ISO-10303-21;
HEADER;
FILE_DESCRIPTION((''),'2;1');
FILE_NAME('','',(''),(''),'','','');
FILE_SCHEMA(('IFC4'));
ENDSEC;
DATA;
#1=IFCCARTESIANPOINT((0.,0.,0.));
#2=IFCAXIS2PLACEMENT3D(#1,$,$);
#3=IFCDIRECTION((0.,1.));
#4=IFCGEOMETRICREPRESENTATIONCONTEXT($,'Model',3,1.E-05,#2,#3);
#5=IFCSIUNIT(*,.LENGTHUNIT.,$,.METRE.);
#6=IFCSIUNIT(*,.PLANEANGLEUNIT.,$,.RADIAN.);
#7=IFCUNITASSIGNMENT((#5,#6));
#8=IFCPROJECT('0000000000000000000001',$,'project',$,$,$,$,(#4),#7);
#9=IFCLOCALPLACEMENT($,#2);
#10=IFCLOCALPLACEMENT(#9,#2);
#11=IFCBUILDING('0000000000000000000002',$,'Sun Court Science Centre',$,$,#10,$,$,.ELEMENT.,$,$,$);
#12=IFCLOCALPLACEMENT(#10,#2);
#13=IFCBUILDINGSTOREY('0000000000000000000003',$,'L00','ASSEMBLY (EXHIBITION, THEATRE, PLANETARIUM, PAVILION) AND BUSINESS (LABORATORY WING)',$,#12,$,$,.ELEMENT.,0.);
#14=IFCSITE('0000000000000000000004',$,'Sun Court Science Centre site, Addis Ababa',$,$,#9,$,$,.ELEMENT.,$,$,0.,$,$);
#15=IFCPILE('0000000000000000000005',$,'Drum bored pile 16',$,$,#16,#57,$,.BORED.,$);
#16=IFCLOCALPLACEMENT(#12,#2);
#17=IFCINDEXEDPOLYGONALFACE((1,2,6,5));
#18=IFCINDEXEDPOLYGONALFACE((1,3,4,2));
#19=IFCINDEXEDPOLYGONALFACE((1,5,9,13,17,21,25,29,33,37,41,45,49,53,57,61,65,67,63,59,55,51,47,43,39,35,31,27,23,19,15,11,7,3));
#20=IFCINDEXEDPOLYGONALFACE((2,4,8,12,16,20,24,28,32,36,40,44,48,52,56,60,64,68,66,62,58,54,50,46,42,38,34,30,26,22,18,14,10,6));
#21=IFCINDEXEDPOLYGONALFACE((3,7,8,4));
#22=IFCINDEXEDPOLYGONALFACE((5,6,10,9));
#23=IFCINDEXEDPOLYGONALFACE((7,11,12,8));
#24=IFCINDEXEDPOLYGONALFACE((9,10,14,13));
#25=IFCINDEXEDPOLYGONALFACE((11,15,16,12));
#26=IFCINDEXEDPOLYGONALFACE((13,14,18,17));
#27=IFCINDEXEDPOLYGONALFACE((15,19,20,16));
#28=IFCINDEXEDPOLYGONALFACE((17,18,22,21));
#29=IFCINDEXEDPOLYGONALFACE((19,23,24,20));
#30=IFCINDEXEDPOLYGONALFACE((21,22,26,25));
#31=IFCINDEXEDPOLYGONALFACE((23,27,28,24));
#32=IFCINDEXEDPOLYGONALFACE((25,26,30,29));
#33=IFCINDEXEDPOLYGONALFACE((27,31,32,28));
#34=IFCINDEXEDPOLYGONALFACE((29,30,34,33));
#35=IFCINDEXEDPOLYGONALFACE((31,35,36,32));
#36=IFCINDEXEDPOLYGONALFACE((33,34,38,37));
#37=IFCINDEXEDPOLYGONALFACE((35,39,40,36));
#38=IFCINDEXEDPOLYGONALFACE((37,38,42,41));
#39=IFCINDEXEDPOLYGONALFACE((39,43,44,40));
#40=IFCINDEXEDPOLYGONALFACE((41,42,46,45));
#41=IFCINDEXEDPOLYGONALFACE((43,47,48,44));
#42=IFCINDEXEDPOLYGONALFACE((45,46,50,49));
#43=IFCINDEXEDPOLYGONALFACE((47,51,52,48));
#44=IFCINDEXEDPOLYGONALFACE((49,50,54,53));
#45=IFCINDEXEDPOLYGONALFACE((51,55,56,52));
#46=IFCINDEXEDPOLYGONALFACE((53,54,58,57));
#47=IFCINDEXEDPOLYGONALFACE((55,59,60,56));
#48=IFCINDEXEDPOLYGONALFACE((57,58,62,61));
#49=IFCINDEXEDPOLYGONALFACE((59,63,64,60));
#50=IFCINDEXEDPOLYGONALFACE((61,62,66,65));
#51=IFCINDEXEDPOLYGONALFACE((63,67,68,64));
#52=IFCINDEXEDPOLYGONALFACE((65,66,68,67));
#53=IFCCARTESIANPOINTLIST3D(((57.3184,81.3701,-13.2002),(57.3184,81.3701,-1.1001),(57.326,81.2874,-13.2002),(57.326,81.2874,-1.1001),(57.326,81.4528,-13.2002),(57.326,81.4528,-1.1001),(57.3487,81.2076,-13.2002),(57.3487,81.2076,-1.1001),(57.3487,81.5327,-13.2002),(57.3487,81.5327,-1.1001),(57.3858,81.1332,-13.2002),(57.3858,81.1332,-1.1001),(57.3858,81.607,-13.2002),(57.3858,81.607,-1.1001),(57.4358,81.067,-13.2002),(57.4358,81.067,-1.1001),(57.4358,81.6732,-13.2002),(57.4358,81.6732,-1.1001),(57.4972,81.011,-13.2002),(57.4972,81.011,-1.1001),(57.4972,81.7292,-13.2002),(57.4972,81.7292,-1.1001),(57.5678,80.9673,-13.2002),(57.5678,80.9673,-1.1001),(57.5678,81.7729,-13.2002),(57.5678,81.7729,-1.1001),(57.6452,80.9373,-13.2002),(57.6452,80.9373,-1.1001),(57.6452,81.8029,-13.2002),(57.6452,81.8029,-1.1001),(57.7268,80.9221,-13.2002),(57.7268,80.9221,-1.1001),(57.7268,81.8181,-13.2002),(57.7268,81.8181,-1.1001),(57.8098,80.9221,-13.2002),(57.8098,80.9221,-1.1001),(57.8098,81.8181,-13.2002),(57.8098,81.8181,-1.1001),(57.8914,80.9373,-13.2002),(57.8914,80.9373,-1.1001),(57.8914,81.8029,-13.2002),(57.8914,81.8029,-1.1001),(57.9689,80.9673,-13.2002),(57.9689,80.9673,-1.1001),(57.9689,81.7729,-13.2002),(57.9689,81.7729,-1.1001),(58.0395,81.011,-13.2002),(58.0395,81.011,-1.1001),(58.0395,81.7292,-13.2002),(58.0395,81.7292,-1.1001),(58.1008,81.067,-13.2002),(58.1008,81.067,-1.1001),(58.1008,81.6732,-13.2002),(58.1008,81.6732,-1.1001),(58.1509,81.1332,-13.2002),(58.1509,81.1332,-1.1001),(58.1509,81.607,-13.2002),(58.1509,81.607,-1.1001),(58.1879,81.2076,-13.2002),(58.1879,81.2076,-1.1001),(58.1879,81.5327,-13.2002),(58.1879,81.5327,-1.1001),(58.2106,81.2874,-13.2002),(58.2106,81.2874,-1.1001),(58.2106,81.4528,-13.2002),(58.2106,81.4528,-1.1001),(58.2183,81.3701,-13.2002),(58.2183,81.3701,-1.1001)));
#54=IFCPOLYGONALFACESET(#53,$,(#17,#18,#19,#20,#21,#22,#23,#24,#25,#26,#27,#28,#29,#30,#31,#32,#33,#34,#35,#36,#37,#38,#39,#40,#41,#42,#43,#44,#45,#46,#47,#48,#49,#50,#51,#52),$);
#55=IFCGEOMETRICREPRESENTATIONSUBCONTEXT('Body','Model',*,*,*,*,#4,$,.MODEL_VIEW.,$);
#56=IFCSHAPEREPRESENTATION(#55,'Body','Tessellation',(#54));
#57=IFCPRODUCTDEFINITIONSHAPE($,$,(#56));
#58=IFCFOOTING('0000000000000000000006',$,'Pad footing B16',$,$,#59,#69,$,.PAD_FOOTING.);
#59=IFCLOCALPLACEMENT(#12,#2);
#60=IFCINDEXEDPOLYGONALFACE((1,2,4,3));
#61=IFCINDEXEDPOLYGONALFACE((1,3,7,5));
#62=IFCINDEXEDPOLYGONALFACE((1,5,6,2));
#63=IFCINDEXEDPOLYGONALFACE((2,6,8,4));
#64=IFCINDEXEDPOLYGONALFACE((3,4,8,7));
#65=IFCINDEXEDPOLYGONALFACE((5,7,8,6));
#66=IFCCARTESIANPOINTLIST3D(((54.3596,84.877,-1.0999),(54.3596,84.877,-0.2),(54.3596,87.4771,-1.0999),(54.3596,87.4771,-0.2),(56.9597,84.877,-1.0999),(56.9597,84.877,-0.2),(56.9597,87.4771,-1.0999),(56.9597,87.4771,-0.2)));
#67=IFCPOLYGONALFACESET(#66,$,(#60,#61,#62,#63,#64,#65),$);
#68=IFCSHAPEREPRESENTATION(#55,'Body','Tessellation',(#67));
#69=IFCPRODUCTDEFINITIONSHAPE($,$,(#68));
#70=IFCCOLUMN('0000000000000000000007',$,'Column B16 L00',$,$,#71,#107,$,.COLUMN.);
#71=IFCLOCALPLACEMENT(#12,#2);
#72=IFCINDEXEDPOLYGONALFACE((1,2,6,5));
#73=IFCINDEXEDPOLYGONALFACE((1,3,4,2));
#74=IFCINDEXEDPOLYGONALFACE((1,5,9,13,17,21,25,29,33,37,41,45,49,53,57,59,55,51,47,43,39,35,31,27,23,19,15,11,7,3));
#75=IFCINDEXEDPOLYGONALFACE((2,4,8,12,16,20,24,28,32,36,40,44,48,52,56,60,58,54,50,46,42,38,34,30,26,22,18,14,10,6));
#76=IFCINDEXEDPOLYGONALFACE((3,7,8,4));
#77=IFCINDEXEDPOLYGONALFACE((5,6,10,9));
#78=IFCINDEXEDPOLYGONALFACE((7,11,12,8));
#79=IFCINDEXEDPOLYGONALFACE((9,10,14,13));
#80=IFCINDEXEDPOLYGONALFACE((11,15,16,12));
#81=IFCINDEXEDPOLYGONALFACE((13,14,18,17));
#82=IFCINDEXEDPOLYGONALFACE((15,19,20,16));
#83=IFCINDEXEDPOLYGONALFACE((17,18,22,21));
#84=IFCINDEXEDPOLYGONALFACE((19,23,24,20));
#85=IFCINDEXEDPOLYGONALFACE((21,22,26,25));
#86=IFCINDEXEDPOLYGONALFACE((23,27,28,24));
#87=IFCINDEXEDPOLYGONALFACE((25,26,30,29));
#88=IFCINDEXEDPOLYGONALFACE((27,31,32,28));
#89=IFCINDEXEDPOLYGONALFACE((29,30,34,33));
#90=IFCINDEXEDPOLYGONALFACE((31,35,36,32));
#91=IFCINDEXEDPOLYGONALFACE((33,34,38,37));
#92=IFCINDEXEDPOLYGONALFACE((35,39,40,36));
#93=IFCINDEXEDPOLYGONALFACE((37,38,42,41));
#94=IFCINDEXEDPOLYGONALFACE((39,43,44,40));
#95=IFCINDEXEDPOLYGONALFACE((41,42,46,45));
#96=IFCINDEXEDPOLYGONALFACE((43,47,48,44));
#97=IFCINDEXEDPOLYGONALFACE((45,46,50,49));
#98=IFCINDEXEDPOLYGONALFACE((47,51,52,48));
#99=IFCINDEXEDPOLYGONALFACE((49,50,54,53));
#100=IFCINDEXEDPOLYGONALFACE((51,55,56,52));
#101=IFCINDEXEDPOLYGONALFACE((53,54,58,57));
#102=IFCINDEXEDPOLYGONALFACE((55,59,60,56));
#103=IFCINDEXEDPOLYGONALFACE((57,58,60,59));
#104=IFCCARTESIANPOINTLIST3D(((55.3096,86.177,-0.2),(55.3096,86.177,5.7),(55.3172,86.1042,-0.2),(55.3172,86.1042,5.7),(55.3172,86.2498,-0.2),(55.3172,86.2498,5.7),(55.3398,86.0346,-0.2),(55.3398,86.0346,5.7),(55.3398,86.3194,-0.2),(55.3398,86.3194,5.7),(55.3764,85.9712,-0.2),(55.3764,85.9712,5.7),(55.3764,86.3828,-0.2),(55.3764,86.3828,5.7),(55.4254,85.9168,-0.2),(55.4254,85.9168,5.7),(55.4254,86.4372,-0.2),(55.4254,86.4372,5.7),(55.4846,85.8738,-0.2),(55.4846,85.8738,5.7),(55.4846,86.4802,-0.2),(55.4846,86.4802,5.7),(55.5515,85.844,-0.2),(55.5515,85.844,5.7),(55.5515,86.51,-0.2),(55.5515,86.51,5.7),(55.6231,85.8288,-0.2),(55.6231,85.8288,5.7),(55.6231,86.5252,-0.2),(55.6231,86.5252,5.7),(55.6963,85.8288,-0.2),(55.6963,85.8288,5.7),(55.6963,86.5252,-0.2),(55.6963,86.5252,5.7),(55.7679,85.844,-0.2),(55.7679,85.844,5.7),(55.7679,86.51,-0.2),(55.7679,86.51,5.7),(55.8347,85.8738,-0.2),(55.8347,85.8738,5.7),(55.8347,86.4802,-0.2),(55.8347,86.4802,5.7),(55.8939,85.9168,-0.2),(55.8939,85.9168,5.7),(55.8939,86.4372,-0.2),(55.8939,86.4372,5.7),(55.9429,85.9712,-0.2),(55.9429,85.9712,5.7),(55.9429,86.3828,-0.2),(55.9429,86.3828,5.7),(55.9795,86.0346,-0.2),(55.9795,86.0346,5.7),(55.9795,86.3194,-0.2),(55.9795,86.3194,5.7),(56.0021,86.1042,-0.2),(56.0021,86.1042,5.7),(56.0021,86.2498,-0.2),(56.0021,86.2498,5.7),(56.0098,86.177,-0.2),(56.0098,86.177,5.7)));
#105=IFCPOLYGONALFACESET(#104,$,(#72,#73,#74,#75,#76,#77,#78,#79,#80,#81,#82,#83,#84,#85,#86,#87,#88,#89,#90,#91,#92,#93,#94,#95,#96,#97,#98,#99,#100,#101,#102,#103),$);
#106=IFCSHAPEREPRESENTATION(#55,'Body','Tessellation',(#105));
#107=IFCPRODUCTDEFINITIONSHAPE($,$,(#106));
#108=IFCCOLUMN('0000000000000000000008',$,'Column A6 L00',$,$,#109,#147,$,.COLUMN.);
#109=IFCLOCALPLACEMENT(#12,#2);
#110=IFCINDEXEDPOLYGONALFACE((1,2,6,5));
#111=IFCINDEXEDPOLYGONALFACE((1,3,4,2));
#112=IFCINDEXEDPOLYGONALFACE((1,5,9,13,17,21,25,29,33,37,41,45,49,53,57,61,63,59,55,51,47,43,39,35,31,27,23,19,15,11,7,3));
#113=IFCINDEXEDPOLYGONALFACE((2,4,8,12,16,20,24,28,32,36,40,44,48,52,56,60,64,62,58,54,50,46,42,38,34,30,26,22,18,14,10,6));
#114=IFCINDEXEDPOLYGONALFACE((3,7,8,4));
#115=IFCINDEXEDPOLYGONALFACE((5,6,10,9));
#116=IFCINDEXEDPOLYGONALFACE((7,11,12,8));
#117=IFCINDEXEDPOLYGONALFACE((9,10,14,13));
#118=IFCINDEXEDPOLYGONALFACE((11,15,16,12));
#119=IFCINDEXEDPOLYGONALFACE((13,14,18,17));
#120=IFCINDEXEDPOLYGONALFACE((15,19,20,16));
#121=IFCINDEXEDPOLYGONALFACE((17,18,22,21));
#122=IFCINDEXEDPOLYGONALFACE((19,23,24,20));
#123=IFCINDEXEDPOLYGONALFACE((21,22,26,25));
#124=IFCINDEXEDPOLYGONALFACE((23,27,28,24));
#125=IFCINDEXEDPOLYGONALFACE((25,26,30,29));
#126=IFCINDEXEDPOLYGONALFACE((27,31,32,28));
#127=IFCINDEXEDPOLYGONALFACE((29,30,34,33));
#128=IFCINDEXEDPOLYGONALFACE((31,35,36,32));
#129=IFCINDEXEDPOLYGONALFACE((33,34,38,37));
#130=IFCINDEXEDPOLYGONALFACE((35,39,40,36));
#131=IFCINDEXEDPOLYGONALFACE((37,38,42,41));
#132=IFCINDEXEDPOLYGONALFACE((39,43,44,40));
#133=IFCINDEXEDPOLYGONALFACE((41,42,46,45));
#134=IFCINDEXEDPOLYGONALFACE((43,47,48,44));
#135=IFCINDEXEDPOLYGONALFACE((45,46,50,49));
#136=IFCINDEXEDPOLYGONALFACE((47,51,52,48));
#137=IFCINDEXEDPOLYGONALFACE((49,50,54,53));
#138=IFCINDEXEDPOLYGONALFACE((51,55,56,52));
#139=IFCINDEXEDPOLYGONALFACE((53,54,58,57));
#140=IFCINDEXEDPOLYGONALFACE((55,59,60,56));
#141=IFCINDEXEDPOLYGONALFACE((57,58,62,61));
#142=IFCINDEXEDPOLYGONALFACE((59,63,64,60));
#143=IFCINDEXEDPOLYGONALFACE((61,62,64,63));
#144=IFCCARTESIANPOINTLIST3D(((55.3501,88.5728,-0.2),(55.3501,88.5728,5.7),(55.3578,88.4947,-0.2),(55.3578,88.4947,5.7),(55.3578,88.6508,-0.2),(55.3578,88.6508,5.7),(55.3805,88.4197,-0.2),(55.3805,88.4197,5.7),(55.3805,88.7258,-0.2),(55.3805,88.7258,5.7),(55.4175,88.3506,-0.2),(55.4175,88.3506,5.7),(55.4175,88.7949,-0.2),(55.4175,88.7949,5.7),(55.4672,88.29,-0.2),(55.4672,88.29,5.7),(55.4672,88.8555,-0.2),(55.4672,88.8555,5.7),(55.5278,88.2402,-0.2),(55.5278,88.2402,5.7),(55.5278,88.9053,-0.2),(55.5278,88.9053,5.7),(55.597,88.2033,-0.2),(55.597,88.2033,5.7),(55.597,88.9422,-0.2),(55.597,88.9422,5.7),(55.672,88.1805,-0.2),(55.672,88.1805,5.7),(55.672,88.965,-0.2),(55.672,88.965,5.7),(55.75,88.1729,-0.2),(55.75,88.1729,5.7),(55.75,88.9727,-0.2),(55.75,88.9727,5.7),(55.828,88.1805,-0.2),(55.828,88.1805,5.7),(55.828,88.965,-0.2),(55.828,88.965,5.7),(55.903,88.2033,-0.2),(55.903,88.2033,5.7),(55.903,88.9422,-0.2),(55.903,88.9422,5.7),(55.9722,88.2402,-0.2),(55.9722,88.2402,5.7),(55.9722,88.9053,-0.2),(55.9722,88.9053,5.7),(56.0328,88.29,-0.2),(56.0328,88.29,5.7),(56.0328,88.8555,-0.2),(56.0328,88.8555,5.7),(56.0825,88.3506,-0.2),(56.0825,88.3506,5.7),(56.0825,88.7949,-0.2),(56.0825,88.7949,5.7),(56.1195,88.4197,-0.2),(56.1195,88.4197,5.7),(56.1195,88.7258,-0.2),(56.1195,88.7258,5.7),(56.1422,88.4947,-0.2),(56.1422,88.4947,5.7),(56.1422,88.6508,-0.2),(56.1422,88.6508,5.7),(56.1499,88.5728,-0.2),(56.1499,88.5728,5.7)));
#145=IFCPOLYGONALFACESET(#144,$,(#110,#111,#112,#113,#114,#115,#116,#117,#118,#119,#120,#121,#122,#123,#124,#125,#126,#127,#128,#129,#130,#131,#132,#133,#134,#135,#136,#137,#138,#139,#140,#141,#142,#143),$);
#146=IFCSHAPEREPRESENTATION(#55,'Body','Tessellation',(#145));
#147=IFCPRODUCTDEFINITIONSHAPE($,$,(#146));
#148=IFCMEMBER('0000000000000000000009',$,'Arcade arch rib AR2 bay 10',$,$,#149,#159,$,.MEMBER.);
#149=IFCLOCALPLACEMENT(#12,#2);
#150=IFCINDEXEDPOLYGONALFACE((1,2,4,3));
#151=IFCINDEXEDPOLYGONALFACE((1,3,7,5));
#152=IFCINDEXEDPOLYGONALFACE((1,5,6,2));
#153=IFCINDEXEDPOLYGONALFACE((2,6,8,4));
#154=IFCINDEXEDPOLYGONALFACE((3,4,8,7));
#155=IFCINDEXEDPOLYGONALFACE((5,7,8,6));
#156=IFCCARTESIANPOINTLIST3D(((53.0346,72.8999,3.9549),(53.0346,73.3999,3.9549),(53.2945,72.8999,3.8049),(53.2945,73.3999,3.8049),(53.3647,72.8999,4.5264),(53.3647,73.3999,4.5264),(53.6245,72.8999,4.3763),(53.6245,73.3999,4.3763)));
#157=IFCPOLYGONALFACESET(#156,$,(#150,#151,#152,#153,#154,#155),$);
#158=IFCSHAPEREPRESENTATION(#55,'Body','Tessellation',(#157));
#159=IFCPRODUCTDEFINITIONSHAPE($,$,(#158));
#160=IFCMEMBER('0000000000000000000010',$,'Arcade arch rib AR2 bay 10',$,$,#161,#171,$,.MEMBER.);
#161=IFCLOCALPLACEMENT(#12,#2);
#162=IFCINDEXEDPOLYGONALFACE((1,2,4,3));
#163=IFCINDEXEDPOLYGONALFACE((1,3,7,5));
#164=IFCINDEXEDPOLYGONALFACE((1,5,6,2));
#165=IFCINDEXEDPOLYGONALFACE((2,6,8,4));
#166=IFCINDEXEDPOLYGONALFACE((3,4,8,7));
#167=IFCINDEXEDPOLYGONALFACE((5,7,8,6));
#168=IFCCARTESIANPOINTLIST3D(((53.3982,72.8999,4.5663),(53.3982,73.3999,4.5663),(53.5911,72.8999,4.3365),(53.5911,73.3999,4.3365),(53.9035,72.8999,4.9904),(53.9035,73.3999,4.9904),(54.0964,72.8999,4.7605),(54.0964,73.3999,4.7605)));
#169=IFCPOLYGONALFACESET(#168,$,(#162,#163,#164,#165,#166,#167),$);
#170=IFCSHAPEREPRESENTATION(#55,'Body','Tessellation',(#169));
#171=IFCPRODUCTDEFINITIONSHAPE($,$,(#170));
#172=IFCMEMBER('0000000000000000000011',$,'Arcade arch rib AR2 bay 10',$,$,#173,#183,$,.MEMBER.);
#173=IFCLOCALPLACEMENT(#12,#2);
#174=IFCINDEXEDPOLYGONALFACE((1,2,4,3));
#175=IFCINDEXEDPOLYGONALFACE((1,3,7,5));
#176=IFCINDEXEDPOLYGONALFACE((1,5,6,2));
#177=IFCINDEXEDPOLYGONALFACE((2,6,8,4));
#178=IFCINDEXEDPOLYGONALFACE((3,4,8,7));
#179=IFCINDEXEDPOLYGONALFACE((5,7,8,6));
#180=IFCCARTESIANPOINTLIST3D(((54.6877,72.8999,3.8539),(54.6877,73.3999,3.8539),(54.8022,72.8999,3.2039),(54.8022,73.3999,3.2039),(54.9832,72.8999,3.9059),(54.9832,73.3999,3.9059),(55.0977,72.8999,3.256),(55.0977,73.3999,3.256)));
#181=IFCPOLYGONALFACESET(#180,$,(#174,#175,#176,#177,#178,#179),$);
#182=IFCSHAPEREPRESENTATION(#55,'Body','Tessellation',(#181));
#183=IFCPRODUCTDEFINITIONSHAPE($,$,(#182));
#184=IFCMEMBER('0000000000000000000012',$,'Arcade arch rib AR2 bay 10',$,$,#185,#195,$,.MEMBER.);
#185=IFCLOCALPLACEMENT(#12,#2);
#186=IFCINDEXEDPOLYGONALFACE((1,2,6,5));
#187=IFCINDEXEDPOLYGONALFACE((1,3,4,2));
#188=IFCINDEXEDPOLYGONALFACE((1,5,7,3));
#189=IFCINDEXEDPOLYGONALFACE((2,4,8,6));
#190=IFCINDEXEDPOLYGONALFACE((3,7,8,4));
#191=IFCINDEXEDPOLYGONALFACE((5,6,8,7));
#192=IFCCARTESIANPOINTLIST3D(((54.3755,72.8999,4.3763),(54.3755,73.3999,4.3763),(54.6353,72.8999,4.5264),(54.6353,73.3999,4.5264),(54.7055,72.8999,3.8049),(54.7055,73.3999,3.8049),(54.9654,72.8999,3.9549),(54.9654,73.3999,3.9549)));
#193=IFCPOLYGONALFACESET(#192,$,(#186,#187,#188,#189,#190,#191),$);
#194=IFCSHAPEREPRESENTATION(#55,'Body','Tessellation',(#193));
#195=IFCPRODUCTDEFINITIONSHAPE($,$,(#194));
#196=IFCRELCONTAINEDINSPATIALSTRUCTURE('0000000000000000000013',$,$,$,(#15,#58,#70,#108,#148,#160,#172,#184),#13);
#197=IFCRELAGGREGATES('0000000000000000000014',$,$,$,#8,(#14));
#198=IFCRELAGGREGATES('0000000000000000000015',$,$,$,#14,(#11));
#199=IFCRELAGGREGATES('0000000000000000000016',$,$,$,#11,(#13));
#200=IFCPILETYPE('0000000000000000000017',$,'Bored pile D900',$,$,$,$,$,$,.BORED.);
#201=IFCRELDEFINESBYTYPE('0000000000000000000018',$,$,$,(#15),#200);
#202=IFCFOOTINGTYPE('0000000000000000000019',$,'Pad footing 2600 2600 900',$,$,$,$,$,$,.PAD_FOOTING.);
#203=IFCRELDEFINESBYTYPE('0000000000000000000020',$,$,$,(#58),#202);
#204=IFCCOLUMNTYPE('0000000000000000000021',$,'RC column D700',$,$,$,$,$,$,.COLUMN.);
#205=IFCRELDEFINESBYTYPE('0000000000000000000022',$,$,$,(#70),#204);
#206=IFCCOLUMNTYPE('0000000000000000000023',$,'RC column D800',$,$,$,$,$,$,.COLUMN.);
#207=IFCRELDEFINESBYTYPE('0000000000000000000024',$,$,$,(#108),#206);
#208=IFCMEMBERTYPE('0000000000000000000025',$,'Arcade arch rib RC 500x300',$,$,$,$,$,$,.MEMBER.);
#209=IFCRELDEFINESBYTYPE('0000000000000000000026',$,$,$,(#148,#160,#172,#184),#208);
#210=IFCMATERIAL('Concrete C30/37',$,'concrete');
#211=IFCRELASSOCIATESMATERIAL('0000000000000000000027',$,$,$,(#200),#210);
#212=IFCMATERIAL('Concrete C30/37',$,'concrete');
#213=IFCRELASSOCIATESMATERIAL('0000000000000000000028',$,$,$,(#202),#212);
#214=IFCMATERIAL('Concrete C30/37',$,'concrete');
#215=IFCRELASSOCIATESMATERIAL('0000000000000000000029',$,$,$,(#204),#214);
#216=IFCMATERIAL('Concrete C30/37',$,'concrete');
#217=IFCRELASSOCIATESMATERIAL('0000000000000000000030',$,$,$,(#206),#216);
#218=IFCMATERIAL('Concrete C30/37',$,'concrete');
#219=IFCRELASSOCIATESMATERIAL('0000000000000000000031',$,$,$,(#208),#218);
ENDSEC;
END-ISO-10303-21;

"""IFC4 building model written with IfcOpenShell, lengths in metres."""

from ifc_helpers import new_model, si_unit, direction, frame, origin, origin_2d, place, context, subcontext, project, spatial, rectangle, circle, extrude, material, material_profile, profile_set, type_object, element, save


model = new_model("IFC4")

# Units and contexts
model_context = context("Model", 3, precision=1e-05, world=origin(), true_north=direction((0.0, 1.0)))
body_context = subcontext(model_context, "Body", "Model", "MODEL_VIEW")
ifc_project = project(units=[si_unit("LENGTHUNIT", "METRE"), si_unit("PLANEANGLEUNIT", "RADIAN")], contexts=[model_context])

# Site, building, storey
site_placement = place(None, origin())
site = spatial("IfcSite", under=ifc_project, at=site_placement, Name="Sun Court Science Centre site, Addis Ababa", CompositionType="ELEMENT", RefElevation=0.0)
building_placement = place(site_placement, origin())
building = spatial("IfcBuilding", under=site, at=building_placement, Name="Sun Court Science Centre", CompositionType="ELEMENT")
storey_placement = place(building_placement, origin())
storey = spatial("IfcBuildingStorey", under=building, at=storey_placement, Name="L00", Description="ASSEMBLY (EXHIBITION, THEATRE, PLANETARIUM, PAVILION) AND BUSINESS (LABORATORY WING)", CompositionType="ELEMENT", Elevation=0.0)

# Pile
ifc_material_1 = material(Name="Concrete C30/37", Category="concrete")
ifc_material_profile_1 = material_profile(ifc_material_1, circle(Radius=0.45, at=origin_2d()), Name="RC D900")
ifc_profile_set_1 = profile_set([ifc_material_profile_1], Name="Concrete C30/37")
pile_type = type_object("IfcPileType", Name="Bored pile D900", PredefinedType="BORED", material=ifc_profile_set_1)
pile_placement = place(storey_placement, frame((57.7683, 81.3701, -1.1001), z_axis=(0.0, 0.0, -1.0), x_axis=(1.0, 0.0, 0.0)))
element("IfcPile", 1, at=pile_placement, inside=storey, type_object=pile_type, Name="Drum bored pile 16", PredefinedType="BORED", context=body_context, shape_type="SweptSolid", body=[
    extrude(circle(Radius=0.45, at=origin_2d()), origin(), (0.0, 0.0, 1.0), 12.1001),
])

# Footing
ifc_material_2 = material(Name="Concrete C30/37", Category="concrete")
footing_type = type_object("IfcFootingType", Name="Pad footing 2600 2600 900", PredefinedType="PAD_FOOTING", material=ifc_material_2)
footing_placement = place(storey_placement, frame((55.6597, 86.177, -1.0999), z_axis=(0.0, 0.0, 1.0), x_axis=(1.0, 0.0, 0.0)))
element("IfcFooting", 2, at=footing_placement, inside=storey, type_object=footing_type, Name="Pad footing B16", PredefinedType="PAD_FOOTING", context=body_context, shape_type="SweptSolid", body=[
    extrude(rectangle(XDim=2.6001, YDim=2.6001, at=origin_2d()), origin(), (0.0, 0.0, 1.0), 0.8999),
])

# Columns
ifc_material_3 = material(Name="Concrete C30/37", Category="concrete")
ifc_material_profile_2 = material_profile(ifc_material_3, circle(Radius=0.3501, at=origin_2d()), Name="RC D700")
ifc_profile_set_2 = profile_set([ifc_material_profile_2], Name="Concrete C30/37")
column_type_1 = type_object("IfcColumnType", Name="RC column D700", PredefinedType="COLUMN", material=ifc_profile_set_2)
column_1_placement = place(storey_placement, frame((55.6597, 86.177, -0.2), z_axis=(0.0, 0.0, 1.0), x_axis=(1.0, 0.0, 0.0)))
element("IfcColumn", 3, at=column_1_placement, inside=storey, type_object=column_type_1, Name="Column B16 L00", PredefinedType="COLUMN", context=body_context, shape_type="SweptSolid", body=[
    extrude(circle(Radius=0.3501, at=origin_2d()), origin(), (0.0, 0.0, 1.0), 5.8999),
])
ifc_material_4 = material(Name="Concrete C30/37", Category="concrete")
ifc_material_profile_3 = material_profile(ifc_material_4, circle(Radius=0.3999, at=origin_2d()), Name="RC D800")
ifc_profile_set_3 = profile_set([ifc_material_profile_3], Name="Concrete C30/37")
column_type_2 = type_object("IfcColumnType", Name="RC column D800", PredefinedType="COLUMN", material=ifc_profile_set_3)
column_2_placement = place(storey_placement, frame((55.75, 88.5728, -0.2), z_axis=(0.0, 0.0, 1.0), x_axis=(1.0, 0.0, 0.0)))
element("IfcColumn", 4, at=column_2_placement, inside=storey, type_object=column_type_2, Name="Column A6 L00", PredefinedType="COLUMN", context=body_context, shape_type="SweptSolid", body=[
    extrude(circle(Radius=0.3999, at=origin_2d()), origin(), (0.0, 0.0, 1.0), 5.8999),
])

# Members
ifc_material_5 = material(Name="Concrete C30/37", Category="concrete")
ifc_material_profile_4 = material_profile(ifc_material_5, rectangle(XDim=0.5, YDim=0.3, at=origin_2d()), Name="RC 500x300")
ifc_profile_set_4 = profile_set([ifc_material_profile_4], Name="Concrete C30/37")
member_type = type_object("IfcMemberType", Name="Arcade arch rib RC 500x300", PredefinedType="MEMBER", material=ifc_profile_set_4)
member_1_placement = place(storey_placement, frame((53.1646, 73.1499, 3.8799), z_axis=(0.500117, 0.0, 0.865958), x_axis=(0.0, 1.0, 0.0)))
element("IfcMember", 5, at=member_1_placement, inside=storey, type_object=member_type, Name="Arcade arch rib AR2 bay 10", PredefinedType="MEMBER", context=body_context, shape_type="SweptSolid", body=[
    extrude(rectangle(XDim=0.5, YDim=0.3, at=origin_2d()), origin(), (0.0, 0.0, 1.0), 0.6599),
])
member_2_placement = place(storey_placement, frame((53.4946, 73.1499, 4.4514), z_axis=(0.766033, 0.0, 0.642801), x_axis=(0.0, 1.0, 0.0)))
element("IfcMember", 6, at=member_2_placement, inside=storey, type_object=member_type, Name="Arcade arch rib AR2 bay 10", PredefinedType="MEMBER", context=body_context, shape_type="SweptSolid", body=[
    extrude(rectangle(XDim=0.5, YDim=0.3, at=origin_2d()), origin(), (0.0, 0.0, 1.0), 0.6597),
])
for number, where, z_axis, x_axis, name in (
    (7, (54.95, 73.1499, 3.23), (-0.173511, 0.0, 0.984832), (0.0, -1.0, 0.0), "Arcade arch rib AR2 bay 10"),
    (8, (54.8354, 73.1499, 3.8799), (-0.500117, 0.0, 0.865958), (0.0, -1.0, 0.0), "Arcade arch rib AR2 bay 10"),
):
    element("IfcMember", number, at=place(storey_placement, frame(where, z_axis=z_axis, x_axis=x_axis)), inside=storey, type_object=member_type, Name=name, PredefinedType="MEMBER", context=body_context, shape_type="SweptSolid", body=[
        extrude(rectangle(XDim=0.5, YDim=0.3, at=origin_2d()), origin(), (0.0, 0.0, 1.0), 0.6599),
    ])

save(model, "model.ifc")
